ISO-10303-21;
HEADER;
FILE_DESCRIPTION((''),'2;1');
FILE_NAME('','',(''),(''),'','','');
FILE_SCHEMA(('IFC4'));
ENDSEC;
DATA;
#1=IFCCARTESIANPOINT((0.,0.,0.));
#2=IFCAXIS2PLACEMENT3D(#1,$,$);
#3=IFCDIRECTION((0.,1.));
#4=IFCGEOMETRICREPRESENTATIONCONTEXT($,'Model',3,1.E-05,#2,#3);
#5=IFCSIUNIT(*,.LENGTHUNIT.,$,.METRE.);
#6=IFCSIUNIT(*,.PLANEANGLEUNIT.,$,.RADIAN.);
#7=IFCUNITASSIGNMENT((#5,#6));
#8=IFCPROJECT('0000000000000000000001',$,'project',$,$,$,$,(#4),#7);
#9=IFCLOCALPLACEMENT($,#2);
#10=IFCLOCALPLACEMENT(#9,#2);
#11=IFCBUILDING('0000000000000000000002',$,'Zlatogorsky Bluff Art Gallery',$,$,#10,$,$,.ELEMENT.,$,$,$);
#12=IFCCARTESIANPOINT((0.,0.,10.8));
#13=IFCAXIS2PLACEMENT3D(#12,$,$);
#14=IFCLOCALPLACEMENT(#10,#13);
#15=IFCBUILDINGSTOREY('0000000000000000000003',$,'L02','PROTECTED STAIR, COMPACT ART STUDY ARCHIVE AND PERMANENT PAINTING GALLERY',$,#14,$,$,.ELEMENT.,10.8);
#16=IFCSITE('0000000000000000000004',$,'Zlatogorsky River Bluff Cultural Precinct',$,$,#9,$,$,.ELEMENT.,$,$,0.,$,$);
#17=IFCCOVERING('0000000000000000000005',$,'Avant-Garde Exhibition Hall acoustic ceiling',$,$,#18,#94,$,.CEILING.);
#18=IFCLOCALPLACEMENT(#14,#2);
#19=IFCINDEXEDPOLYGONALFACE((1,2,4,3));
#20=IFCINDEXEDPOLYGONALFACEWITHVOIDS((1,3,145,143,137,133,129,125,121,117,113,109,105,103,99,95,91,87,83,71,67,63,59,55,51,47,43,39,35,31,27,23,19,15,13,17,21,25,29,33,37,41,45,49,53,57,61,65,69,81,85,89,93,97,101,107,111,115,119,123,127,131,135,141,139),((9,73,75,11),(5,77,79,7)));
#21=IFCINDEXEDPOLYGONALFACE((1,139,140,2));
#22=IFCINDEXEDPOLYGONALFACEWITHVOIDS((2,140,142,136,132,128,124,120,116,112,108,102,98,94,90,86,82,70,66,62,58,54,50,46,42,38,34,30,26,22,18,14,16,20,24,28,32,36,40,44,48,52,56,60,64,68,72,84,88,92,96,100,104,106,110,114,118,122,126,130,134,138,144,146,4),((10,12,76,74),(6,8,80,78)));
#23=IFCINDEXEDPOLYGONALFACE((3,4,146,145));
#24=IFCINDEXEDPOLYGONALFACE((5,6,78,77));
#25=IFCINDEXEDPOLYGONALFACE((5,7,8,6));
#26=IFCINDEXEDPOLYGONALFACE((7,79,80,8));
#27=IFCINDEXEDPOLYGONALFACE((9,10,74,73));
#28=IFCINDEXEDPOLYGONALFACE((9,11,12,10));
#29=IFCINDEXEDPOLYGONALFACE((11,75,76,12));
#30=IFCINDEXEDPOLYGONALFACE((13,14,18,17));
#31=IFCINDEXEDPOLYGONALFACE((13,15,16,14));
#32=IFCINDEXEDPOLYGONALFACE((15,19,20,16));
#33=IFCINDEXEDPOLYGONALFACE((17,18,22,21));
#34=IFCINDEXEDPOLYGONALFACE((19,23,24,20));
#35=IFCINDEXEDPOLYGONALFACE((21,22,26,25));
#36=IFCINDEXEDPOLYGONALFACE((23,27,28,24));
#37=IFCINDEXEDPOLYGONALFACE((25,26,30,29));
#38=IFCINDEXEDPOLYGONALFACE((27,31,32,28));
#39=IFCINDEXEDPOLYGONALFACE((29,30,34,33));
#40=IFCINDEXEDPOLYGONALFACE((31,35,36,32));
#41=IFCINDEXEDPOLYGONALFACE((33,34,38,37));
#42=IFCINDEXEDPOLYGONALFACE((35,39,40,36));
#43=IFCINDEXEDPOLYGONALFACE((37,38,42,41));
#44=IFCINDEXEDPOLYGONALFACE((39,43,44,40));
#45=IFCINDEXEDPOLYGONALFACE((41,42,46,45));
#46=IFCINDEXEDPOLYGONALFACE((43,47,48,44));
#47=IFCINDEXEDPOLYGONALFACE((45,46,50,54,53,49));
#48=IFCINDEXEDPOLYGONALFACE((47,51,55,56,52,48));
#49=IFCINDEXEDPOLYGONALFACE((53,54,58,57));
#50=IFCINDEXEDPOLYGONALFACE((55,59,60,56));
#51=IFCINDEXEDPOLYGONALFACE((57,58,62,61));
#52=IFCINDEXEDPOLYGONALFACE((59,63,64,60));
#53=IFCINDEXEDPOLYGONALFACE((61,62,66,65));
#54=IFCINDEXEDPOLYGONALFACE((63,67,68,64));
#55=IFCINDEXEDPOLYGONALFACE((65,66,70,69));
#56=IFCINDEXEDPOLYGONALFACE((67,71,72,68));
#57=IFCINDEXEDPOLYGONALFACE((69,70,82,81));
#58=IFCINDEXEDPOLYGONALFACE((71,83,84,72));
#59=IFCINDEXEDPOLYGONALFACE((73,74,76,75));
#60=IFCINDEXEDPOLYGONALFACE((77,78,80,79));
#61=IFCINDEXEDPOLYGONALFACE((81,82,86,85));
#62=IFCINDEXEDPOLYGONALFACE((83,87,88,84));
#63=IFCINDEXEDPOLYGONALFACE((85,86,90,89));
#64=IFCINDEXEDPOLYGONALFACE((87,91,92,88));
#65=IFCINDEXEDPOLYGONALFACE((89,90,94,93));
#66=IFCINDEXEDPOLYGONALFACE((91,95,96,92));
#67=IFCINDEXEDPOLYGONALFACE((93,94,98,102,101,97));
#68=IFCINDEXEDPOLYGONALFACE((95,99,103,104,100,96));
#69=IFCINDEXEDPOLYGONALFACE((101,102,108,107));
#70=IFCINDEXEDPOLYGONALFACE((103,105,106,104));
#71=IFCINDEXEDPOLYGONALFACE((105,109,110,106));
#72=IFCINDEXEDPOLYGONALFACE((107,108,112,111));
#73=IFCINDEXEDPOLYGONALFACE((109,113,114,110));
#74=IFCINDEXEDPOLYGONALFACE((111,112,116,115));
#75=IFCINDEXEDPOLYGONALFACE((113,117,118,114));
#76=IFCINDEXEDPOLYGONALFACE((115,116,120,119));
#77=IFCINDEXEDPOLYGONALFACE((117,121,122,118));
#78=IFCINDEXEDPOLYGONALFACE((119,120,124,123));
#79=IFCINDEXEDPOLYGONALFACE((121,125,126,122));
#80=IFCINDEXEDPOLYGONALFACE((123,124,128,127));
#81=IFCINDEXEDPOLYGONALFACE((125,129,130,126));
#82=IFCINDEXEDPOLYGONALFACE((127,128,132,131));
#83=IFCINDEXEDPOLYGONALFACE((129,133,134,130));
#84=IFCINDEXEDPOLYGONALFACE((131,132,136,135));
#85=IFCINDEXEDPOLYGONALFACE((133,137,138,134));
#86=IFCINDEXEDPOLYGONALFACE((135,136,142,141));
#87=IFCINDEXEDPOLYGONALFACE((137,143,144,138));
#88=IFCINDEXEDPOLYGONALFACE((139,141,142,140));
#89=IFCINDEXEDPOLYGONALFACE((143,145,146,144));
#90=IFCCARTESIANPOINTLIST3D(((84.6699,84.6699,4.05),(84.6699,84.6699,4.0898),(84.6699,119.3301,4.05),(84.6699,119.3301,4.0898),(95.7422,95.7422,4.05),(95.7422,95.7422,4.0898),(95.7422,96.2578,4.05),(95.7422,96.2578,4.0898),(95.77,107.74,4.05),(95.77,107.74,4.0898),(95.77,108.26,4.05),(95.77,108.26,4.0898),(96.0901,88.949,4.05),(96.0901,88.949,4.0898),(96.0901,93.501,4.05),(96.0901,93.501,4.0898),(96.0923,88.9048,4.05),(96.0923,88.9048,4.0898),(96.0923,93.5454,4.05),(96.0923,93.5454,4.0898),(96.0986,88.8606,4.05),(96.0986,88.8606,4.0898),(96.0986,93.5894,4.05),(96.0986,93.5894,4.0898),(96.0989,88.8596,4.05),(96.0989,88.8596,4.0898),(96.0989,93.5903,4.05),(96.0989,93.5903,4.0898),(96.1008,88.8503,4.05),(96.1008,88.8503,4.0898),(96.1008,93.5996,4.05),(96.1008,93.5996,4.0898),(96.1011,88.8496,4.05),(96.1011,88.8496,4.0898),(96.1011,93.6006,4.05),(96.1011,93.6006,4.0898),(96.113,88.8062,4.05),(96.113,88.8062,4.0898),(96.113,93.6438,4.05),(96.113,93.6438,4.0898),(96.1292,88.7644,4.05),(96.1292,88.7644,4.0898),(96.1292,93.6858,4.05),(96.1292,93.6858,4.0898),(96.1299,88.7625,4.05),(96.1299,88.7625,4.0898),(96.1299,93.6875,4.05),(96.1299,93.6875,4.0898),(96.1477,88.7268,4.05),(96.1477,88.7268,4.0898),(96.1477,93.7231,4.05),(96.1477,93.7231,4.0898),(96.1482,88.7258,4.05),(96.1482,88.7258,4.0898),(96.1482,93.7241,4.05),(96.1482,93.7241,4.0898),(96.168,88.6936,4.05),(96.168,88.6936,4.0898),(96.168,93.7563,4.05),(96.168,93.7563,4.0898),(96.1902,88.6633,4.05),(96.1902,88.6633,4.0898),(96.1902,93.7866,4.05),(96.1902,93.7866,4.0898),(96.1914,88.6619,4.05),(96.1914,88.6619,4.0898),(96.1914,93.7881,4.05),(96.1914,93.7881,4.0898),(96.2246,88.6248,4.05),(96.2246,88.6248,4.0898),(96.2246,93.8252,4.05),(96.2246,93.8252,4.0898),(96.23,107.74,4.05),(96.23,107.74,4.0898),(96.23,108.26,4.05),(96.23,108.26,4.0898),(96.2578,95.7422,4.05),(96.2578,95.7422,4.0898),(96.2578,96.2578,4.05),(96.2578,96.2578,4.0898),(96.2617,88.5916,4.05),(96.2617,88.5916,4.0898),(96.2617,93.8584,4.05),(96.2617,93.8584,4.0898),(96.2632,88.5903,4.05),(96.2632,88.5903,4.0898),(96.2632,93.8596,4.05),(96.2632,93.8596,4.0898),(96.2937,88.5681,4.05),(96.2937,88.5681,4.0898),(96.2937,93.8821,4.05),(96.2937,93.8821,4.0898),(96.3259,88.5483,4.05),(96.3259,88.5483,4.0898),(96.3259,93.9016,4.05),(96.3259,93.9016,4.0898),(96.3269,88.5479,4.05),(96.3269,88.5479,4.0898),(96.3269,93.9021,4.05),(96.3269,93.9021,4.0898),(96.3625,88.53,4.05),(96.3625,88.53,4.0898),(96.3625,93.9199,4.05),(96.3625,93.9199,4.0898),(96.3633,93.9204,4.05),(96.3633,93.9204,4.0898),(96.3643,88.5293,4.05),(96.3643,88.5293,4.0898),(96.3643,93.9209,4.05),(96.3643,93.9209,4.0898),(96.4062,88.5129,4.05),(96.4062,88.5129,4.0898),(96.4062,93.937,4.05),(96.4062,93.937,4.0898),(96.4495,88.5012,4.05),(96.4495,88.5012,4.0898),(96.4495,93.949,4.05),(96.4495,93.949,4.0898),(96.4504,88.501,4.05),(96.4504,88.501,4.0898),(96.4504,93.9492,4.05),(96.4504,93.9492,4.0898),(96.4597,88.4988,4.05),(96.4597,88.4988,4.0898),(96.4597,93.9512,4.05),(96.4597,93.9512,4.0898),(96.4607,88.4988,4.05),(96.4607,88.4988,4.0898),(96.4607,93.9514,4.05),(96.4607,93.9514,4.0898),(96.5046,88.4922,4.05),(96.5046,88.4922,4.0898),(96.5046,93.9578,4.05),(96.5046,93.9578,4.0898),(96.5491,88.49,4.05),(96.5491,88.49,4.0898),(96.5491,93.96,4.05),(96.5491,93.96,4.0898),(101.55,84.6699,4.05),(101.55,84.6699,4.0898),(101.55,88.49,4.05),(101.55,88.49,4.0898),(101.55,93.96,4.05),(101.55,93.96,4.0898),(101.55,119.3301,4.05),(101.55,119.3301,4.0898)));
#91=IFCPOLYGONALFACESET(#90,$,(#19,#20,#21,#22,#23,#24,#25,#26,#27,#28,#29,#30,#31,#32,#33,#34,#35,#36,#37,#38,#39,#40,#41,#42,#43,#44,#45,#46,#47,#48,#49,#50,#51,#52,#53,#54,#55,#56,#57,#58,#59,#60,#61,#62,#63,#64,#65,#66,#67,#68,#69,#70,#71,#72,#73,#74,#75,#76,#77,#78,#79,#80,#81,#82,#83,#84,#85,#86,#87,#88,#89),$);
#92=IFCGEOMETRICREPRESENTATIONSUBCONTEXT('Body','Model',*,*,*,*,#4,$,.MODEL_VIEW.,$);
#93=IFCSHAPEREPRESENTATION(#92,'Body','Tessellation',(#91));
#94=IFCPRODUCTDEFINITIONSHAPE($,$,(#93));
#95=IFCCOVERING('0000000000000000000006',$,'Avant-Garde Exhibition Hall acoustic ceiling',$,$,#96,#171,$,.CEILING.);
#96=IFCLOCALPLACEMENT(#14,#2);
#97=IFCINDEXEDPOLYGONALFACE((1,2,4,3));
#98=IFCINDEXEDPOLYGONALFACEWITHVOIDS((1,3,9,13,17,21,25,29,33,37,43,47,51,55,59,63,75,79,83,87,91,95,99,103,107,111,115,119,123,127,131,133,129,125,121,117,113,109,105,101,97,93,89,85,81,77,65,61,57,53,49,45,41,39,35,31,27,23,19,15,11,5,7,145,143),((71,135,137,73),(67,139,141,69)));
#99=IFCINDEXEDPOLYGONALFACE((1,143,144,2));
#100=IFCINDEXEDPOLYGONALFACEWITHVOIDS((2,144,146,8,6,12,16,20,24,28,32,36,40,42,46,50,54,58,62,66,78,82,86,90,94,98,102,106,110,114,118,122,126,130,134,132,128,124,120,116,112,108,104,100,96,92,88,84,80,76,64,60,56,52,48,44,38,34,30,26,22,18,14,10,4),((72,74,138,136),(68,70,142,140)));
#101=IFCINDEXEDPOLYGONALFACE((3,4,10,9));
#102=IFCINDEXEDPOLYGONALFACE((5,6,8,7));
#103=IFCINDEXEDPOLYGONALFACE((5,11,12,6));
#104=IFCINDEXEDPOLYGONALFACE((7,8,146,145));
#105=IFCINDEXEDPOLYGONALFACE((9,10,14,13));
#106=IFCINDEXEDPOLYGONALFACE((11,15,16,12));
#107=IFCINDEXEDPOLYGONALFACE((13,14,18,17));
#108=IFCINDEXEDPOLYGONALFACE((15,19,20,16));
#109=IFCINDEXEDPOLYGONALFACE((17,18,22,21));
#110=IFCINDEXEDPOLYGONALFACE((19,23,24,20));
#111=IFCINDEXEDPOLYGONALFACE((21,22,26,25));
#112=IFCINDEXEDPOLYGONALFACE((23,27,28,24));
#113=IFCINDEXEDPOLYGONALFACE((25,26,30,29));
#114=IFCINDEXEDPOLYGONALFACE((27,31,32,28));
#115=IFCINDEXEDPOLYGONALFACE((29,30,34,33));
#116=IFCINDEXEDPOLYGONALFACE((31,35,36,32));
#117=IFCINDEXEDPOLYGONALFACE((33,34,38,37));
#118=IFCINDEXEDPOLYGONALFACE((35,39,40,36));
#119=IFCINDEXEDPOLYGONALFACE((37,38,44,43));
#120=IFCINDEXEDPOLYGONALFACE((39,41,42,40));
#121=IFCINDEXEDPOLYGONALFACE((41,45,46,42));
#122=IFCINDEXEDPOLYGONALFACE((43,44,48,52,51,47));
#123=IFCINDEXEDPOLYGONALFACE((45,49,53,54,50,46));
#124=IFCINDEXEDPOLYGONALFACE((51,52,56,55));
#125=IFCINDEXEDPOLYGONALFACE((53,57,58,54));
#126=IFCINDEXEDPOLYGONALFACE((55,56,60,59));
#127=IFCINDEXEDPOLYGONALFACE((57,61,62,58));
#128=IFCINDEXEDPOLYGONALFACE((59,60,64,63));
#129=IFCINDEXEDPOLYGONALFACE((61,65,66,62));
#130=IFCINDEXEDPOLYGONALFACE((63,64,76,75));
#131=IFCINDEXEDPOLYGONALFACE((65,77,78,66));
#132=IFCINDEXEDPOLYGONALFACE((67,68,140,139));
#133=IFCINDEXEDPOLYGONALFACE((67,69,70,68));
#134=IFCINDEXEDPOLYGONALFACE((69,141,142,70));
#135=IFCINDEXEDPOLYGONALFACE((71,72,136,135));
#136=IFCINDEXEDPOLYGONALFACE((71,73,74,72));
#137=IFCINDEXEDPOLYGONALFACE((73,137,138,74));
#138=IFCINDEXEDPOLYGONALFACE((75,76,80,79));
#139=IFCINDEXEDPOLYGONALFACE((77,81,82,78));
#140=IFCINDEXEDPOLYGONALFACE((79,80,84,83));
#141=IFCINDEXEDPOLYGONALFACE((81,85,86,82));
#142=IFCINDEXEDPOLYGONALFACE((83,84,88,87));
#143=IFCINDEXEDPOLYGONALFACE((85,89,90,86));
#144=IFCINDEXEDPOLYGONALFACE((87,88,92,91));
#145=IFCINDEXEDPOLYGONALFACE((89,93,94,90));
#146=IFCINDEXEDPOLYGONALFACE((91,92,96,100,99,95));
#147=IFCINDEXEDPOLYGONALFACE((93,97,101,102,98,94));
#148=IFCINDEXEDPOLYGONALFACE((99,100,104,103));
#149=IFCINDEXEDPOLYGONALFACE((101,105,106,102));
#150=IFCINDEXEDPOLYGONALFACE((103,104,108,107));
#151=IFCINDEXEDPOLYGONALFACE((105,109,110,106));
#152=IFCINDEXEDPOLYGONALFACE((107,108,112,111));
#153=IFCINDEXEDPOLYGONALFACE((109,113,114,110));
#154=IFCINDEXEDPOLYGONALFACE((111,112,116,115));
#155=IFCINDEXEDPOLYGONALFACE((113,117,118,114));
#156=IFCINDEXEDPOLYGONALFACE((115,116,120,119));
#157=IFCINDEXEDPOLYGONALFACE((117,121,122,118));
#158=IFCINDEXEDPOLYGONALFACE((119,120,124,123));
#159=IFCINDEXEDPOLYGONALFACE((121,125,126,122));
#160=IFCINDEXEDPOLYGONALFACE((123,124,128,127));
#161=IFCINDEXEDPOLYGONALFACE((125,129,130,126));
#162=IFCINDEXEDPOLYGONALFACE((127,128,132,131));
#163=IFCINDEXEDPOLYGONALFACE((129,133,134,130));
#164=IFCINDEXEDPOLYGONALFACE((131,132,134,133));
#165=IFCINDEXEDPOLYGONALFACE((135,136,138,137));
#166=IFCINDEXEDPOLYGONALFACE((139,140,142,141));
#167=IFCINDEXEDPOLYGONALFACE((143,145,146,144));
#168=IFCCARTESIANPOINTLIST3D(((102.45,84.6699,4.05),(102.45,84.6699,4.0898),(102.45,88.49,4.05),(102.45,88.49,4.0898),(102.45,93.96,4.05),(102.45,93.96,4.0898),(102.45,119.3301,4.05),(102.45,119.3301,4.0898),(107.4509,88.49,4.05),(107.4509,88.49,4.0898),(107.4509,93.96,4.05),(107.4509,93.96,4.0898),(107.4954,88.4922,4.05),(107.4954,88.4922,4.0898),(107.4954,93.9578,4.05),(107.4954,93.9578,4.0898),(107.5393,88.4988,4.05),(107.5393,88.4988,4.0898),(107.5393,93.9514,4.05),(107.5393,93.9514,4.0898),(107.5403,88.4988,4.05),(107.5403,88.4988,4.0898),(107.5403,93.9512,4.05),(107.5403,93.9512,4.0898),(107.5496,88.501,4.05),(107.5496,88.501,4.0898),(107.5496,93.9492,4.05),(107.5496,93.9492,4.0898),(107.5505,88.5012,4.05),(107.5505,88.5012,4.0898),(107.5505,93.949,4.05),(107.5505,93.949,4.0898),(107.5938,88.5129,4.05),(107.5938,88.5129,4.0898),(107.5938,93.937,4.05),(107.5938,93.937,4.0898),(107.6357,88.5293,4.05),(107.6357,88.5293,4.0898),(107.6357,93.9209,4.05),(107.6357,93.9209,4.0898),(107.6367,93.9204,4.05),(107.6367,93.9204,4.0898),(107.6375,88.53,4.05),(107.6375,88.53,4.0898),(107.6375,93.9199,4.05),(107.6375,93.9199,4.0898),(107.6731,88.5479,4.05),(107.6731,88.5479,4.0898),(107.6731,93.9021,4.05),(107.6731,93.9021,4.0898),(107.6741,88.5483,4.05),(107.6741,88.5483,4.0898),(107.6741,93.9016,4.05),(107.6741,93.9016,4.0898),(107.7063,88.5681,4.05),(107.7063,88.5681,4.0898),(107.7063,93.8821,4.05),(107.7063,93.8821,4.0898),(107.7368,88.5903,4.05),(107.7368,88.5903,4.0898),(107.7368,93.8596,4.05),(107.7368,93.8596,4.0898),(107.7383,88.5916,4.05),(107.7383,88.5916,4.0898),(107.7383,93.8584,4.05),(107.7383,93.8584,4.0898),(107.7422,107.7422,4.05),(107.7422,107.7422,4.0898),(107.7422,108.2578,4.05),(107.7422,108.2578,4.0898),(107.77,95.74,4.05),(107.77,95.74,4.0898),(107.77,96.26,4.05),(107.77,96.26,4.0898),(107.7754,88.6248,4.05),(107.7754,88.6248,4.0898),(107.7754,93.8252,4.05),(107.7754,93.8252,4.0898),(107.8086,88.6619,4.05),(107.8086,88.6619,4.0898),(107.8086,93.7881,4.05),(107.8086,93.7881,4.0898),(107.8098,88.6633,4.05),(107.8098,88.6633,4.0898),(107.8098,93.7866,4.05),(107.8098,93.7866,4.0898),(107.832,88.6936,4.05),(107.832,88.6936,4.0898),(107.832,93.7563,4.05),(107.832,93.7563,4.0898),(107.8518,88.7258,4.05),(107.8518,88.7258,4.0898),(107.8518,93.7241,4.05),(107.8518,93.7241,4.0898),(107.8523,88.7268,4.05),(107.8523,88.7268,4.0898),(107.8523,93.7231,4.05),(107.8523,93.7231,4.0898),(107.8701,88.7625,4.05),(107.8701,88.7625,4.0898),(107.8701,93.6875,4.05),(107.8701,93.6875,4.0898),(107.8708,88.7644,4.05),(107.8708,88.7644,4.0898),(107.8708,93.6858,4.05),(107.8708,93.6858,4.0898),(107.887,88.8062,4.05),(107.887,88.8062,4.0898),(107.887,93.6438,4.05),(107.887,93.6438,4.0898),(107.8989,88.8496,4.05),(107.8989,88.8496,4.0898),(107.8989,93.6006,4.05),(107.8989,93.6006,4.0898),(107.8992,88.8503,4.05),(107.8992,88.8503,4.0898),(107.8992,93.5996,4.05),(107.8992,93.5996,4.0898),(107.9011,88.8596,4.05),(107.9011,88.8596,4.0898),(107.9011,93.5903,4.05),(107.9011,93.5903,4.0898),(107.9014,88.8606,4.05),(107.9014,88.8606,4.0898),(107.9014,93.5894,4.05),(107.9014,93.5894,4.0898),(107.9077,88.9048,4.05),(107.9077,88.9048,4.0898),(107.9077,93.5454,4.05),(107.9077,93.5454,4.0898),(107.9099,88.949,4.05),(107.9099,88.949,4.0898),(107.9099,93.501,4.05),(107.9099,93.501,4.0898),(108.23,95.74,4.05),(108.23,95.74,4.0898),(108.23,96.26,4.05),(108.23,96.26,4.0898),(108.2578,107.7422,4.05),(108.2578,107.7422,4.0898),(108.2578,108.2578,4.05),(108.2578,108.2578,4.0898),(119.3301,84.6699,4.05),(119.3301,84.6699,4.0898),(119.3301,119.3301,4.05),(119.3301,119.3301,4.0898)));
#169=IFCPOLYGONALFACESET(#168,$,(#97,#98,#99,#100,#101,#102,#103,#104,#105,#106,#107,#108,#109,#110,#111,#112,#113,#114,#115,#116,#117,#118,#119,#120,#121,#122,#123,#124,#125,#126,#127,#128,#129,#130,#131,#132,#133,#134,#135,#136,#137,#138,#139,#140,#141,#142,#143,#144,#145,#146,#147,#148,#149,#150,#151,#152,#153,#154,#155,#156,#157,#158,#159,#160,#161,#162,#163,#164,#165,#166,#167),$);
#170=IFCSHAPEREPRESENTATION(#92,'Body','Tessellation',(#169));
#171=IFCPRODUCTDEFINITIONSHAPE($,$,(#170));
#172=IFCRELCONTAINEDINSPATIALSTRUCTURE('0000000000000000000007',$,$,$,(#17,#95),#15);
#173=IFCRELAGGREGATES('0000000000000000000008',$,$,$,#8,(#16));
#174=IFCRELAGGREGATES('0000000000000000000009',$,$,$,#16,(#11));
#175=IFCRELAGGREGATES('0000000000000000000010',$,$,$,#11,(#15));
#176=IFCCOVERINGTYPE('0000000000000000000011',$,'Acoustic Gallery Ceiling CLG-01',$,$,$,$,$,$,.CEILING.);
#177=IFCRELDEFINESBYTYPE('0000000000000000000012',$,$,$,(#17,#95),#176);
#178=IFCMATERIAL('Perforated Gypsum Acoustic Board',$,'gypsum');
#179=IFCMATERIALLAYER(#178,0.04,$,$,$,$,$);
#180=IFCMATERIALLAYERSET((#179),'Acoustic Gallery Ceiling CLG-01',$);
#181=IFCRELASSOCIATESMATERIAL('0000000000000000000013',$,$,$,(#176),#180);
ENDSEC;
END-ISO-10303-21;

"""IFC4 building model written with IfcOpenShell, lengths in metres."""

from ifc_helpers import new_model, si_unit, direction, frame, origin, place, context, subcontext, project, spatial, polyline, outline, extrude, material, layer, layer_set, type_object, element, save


model = new_model("IFC4")

# Units and contexts
model_context = context("Model", 3, precision=1e-05, world=origin(), true_north=direction((0.0, 1.0)))
body_context = subcontext(model_context, "Body", "Model", "MODEL_VIEW")
ifc_project = project(units=[si_unit("LENGTHUNIT", "METRE"), si_unit("PLANEANGLEUNIT", "RADIAN")], contexts=[model_context])

# Site, building, storey
site_placement = place(None, origin())
site = spatial("IfcSite", under=ifc_project, at=site_placement, Name="Zlatogorsky River Bluff Cultural Precinct", CompositionType="ELEMENT", RefElevation=0.0)
building_placement = place(site_placement, origin())
building = spatial("IfcBuilding", under=site, at=building_placement, Name="Zlatogorsky Bluff Art Gallery", CompositionType="ELEMENT")
storey_placement = place(building_placement, frame((0.0, 0.0, 10.8)))
storey = spatial("IfcBuildingStorey", under=building, at=storey_placement, Name="L02", Description="PROTECTED STAIR, COMPACT ART STUDY ARCHIVE AND PERMANENT PAINTING GALLERY", CompositionType="ELEMENT", Elevation=10.8)

# Coverings
ifc_material_1 = material(Name="Perforated Gypsum Acoustic Board", Category="gypsum")
ifc_layer_1 = layer(ifc_material_1, 0.04)
ifc_layer_set_1 = layer_set([ifc_layer_1], Name="Acoustic Gallery Ceiling CLG-01")
covering_type_1 = type_object("IfcCoveringType", Name="Acoustic Gallery Ceiling CLG-01", PredefinedType="CEILING", material=ifc_layer_set_1)
covering_1_placement = place(storey_placement, frame((0.0, 0.0, 4.05)))
element("IfcCovering", 1, at=covering_1_placement, inside=storey, type_object=covering_type_1, Name="Avant-Garde Exhibition Hall acoustic ceiling", PredefinedType="CEILING", context=body_context, shape_type="SweptSolid", body=[
    extrude(outline(polyline([(101.55, 93.96), (96.5491, 93.96), (96.5046, 93.9578), (96.4607, 93.9514), (96.4597, 93.9512), (96.4504, 93.9492), (96.4495, 93.949), (96.4062, 93.937), (96.3643, 93.9209), (96.3633, 93.9204), (96.3625, 93.9199), (96.3269, 93.9021), (96.3259, 93.9016), (96.2937, 93.8821), (96.2632, 93.8596), (96.2617, 93.8584), (96.2246, 93.8252), (96.1914, 93.7881), (96.1902, 93.7866), (96.168, 93.7563), (96.1482, 93.7241), (96.1477, 93.7231), (96.1299, 93.6875), (96.1292, 93.6858), (96.113, 93.6438), (96.1011, 93.6006), (96.1008, 93.5996), (96.0989, 93.5903), (96.0986, 93.5894), (96.0923, 93.5454), (96.0901, 93.501), (96.0901, 88.949), (96.0923, 88.9048), (96.0986, 88.8606), (96.0989, 88.8596), (96.1008, 88.8503), (96.1011, 88.8496), (96.113, 88.8062), (96.1292, 88.7644), (96.1299, 88.7625), (96.1477, 88.7268), (96.1482, 88.7258), (96.168, 88.6936), (96.1902, 88.6633), (96.1914, 88.6619), (96.2246, 88.6248), (96.2617, 88.5916), (96.2632, 88.5903), (96.2937, 88.5681), (96.3259, 88.5483), (96.3269, 88.5479), (96.3625, 88.53), (96.3643, 88.5293), (96.4062, 88.5129), (96.4495, 88.5012), (96.4504, 88.501), (96.4597, 88.4988), (96.4607, 88.4988), (96.5046, 88.4922), (96.5491, 88.49), (101.55, 88.49), (101.55, 84.6699), (84.6699, 84.6699), (84.6699, 119.3301), (101.55, 119.3301), (101.55, 93.96)]), holes=[polyline([(95.7422, 95.7422), (96.2578, 95.7422), (96.2578, 96.2578), (95.7422, 96.2578), (95.7422, 95.7422)]), polyline([(95.77, 107.74), (96.23, 107.74), (96.23, 108.26), (95.77, 108.26), (95.77, 107.74)])]), origin(), (0.0, 0.0, 1.0), 0.0398),
])
covering_2_placement = place(storey_placement, frame((0.0, 0.0, 4.05)))
element("IfcCovering", 2, at=covering_2_placement, inside=storey, type_object=covering_type_1, Name="Avant-Garde Exhibition Hall acoustic ceiling", PredefinedType="CEILING", context=body_context, shape_type="SweptSolid", body=[
    extrude(outline(polyline([(119.3301, 84.6699), (102.45, 84.6699), (102.45, 88.49), (107.4509, 88.49), (107.4954, 88.4922), (107.5393, 88.4988), (107.5403, 88.4988), (107.5496, 88.501), (107.5505, 88.5012), (107.5938, 88.5129), (107.6357, 88.5293), (107.6375, 88.53), (107.6731, 88.5479), (107.6741, 88.5483), (107.7063, 88.5681), (107.7368, 88.5903), (107.7383, 88.5916), (107.7754, 88.6248), (107.8086, 88.6619), (107.8098, 88.6633), (107.832, 88.6936), (107.8518, 88.7258), (107.8523, 88.7268), (107.8701, 88.7625), (107.8708, 88.7644), (107.887, 88.8062), (107.8989, 88.8496), (107.8992, 88.8503), (107.9011, 88.8596), (107.9014, 88.8606), (107.9077, 88.9048), (107.9099, 88.949), (107.9099, 93.501), (107.9077, 93.5454), (107.9014, 93.5894), (107.9011, 93.5903), (107.8992, 93.5996), (107.8989, 93.6006), (107.887, 93.6438), (107.8708, 93.6858), (107.8701, 93.6875), (107.8523, 93.7231), (107.8518, 93.7241), (107.832, 93.7563), (107.8098, 93.7866), (107.8086, 93.7881), (107.7754, 93.8252), (107.7383, 93.8584), (107.7368, 93.8596), (107.7063, 93.8821), (107.6741, 93.9016), (107.6731, 93.9021), (107.6375, 93.9199), (107.6367, 93.9204), (107.6357, 93.9209), (107.5938, 93.937), (107.5505, 93.949), (107.5496, 93.9492), (107.5403, 93.9512), (107.5393, 93.9514), (107.4954, 93.9578), (107.4509, 93.96), (102.45, 93.96), (102.45, 119.3301), (119.3301, 119.3301), (119.3301, 84.6699)]), holes=[polyline([(107.77, 95.74), (108.23, 95.74), (108.23, 96.26), (107.77, 96.26), (107.77, 95.74)]), polyline([(107.7422, 107.7422), (108.2578, 107.7422), (108.2578, 108.2578), (107.7422, 108.2578), (107.7422, 107.7422)])]), origin(), (0.0, 0.0, 1.0), 0.0398),
])

save(model, "model.ifc")
